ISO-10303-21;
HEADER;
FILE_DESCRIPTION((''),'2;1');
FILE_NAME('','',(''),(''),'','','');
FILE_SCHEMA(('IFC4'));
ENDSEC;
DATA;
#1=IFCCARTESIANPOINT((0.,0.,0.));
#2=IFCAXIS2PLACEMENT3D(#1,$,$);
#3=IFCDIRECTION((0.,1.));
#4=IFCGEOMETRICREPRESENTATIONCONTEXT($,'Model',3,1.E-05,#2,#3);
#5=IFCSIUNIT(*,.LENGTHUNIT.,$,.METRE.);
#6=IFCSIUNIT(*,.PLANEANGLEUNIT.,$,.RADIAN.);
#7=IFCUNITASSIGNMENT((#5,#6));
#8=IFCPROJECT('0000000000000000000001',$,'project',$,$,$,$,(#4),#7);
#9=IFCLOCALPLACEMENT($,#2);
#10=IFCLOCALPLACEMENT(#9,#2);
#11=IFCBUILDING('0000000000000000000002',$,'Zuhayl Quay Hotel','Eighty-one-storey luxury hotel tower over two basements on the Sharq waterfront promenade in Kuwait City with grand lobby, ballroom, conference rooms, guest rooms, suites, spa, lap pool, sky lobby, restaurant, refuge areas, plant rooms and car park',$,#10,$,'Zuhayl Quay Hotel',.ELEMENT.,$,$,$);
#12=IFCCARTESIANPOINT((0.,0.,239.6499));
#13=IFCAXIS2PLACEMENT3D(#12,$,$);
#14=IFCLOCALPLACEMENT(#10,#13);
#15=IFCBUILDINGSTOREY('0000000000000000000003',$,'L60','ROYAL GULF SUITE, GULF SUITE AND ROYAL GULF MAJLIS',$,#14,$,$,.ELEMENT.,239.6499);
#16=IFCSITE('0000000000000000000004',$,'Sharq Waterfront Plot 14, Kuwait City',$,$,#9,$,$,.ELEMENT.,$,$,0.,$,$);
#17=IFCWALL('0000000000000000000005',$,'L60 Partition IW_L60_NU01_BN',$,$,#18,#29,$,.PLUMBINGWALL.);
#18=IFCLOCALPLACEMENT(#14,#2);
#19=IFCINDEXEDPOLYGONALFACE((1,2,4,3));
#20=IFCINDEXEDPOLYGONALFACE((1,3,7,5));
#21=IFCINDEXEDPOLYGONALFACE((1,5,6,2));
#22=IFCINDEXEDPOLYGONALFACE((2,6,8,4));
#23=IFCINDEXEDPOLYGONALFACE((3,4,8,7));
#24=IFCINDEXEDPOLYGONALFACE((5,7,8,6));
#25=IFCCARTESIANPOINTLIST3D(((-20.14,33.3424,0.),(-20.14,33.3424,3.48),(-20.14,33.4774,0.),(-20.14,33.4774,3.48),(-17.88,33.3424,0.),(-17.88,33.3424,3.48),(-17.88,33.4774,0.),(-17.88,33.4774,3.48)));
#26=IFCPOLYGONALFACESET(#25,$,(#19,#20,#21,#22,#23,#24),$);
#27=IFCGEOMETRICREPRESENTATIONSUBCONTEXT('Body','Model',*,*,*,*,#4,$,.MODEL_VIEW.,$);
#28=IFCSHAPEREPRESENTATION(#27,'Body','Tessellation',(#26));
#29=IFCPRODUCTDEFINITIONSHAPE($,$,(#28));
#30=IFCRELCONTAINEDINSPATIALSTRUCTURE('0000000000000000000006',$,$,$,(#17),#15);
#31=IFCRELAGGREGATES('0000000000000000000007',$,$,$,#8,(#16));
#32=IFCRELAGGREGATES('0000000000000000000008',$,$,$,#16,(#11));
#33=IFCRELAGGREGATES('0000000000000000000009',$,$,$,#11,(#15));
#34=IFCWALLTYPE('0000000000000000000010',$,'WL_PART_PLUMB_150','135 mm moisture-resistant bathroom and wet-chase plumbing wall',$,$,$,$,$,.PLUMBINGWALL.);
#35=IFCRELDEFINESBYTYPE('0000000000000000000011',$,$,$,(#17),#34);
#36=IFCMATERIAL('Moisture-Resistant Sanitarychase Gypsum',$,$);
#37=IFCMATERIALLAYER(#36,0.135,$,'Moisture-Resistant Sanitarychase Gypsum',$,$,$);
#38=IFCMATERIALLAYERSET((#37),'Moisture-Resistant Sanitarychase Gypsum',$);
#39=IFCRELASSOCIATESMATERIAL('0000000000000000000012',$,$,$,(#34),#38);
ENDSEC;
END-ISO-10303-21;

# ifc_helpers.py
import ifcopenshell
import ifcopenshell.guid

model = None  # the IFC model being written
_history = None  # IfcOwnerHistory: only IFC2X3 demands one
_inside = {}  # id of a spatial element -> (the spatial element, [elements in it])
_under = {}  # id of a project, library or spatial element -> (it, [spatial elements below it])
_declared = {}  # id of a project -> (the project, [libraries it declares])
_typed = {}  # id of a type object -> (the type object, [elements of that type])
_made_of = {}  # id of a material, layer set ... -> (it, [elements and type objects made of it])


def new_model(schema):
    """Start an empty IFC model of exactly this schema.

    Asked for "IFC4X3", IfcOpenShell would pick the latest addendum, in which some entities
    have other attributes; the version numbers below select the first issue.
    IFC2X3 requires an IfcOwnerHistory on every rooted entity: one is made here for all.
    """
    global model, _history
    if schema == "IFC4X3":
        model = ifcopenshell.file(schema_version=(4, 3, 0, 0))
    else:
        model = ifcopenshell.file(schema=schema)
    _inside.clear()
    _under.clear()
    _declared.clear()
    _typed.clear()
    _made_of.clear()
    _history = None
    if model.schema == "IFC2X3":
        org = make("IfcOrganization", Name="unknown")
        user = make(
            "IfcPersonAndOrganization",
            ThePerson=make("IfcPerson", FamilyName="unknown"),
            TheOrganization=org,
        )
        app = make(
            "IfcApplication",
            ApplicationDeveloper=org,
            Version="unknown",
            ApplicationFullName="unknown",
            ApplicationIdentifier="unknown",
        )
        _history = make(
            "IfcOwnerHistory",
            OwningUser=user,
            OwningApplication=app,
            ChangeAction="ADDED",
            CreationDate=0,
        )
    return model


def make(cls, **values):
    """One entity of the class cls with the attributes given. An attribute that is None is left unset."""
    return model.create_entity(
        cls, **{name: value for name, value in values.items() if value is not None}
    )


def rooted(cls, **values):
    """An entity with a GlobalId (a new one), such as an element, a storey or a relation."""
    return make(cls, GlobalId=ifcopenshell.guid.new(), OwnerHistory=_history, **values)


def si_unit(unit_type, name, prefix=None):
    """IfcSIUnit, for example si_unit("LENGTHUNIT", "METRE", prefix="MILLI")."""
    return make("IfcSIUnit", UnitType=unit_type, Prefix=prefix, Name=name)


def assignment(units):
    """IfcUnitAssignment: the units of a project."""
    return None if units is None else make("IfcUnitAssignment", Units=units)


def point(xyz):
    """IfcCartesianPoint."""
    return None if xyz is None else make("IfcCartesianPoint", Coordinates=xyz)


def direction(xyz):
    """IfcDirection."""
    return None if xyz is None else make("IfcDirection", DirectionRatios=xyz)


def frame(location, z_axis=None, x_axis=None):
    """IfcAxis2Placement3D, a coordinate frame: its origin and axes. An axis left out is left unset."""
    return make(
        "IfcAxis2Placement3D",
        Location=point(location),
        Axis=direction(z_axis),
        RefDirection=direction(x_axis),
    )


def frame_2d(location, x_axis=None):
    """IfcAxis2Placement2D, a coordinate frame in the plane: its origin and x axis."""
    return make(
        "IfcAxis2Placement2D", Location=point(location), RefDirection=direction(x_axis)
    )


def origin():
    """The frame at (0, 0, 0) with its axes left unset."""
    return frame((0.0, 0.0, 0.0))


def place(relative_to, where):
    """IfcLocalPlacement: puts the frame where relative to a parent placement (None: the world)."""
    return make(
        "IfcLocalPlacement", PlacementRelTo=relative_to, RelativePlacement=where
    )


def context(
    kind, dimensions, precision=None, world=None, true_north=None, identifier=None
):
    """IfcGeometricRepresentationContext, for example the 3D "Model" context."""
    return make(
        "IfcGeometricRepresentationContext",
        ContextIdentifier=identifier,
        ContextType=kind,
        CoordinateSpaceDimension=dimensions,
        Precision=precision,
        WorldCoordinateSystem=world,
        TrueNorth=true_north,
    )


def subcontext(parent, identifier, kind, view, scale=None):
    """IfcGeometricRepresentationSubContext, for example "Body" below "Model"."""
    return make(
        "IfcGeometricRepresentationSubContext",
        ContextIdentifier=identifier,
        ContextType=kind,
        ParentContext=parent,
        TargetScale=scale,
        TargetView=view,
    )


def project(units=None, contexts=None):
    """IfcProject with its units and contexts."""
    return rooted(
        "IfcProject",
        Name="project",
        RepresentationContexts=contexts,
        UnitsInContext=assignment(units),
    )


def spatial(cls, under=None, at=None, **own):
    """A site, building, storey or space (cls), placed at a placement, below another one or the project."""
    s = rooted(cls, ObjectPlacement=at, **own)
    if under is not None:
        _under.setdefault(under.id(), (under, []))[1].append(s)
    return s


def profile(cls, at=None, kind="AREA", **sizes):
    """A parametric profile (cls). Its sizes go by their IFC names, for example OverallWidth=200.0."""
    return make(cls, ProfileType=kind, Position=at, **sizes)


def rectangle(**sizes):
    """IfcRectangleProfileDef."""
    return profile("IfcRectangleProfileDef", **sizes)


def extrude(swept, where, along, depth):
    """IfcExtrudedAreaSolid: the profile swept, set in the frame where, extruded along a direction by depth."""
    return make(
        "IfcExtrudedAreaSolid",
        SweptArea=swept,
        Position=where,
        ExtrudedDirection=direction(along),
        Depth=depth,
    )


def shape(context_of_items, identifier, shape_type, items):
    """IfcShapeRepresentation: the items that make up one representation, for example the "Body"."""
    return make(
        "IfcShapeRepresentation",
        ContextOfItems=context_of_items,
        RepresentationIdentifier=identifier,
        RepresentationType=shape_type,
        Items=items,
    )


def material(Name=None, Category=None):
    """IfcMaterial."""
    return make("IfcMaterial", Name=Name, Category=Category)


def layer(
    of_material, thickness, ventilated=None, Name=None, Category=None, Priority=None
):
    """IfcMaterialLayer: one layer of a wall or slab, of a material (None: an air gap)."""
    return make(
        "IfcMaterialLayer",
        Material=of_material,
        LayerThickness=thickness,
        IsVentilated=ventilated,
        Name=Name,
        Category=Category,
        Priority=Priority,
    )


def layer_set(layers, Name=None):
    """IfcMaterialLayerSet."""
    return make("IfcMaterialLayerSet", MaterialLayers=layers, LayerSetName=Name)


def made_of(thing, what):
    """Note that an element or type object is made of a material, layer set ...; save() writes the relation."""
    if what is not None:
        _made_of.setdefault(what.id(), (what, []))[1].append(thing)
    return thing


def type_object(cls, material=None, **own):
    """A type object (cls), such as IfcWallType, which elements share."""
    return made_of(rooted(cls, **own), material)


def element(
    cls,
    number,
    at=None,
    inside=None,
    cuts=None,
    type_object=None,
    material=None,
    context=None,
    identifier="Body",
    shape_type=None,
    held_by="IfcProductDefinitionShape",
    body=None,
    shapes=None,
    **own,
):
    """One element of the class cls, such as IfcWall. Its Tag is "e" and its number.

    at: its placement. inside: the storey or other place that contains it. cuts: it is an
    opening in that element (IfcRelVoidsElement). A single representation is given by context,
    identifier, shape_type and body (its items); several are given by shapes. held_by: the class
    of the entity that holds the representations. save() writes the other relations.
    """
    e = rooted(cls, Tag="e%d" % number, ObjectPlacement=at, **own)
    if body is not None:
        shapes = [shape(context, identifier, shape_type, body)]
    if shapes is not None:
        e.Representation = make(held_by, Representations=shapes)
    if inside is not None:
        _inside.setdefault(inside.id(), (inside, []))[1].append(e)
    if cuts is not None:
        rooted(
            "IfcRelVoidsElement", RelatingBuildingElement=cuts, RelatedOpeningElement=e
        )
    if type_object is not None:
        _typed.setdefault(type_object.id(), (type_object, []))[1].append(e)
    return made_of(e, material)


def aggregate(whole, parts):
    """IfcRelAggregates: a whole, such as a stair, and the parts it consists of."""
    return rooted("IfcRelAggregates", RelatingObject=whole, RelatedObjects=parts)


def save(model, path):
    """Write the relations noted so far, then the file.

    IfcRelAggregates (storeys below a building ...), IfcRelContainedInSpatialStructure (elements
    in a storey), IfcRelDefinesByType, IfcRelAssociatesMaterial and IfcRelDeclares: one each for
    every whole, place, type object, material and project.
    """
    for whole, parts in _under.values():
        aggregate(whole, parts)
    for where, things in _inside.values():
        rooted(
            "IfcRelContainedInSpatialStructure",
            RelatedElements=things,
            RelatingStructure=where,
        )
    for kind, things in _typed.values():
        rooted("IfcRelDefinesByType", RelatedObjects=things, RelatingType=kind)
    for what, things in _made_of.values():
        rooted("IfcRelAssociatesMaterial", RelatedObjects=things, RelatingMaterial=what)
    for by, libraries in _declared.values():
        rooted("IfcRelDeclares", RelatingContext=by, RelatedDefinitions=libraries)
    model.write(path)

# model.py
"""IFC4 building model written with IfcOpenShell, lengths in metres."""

from ifc_helpers import new_model, si_unit, direction, frame, frame_2d, origin, place, context, subcontext, project, spatial, rectangle, extrude, material, layer, layer_set, type_object, element, save


model = new_model("IFC4")

# Units and contexts
model_context = context("Model", 3, precision=1e-05, world=origin(), true_north=direction((0.0, 1.0)))
body_context = subcontext(model_context, "Body", "Model", "MODEL_VIEW")
ifc_project = project(units=[si_unit("LENGTHUNIT", "METRE"), si_unit("PLANEANGLEUNIT", "RADIAN")], contexts=[model_context])

# Site, building, storey
site_placement = place(None, origin())
site = spatial("IfcSite", under=ifc_project, at=site_placement, Name="Sharq Waterfront Plot 14, Kuwait City", CompositionType="ELEMENT", RefElevation=0.0)
building_placement = place(site_placement, origin())
building = spatial("IfcBuilding", under=site, at=building_placement, Name="Zuhayl Quay Hotel", Description="Eighty-one-storey luxury hotel tower over two basements on the Sharq waterfront promenade in Kuwait City with grand lobby, ballroom, conference rooms, guest rooms, suites, spa, lap pool, sky lobby, restaurant, refuge areas, plant rooms and car park", LongName="Zuhayl Quay Hotel", CompositionType="ELEMENT")
storey_placement = place(building_placement, frame((0.0, 0.0, 239.6499)))
storey = spatial("IfcBuildingStorey", under=building, at=storey_placement, Name="L60", Description="ROYAL GULF SUITE, GULF SUITE AND ROYAL GULF MAJLIS", CompositionType="ELEMENT", Elevation=239.6499)

# Wall
ifc_material_1 = material(Name="Moisture-Resistant Sanitarychase Gypsum")
ifc_layer_1 = layer(ifc_material_1, 0.135, Name="Moisture-Resistant Sanitarychase Gypsum")
ifc_layer_set_1 = layer_set([ifc_layer_1], Name="Moisture-Resistant Sanitarychase Gypsum")
wall_type_1 = type_object("IfcWallType", Name="WL_PART_PLUMB_150", Description="135 mm moisture-resistant bathroom and wet-chase plumbing wall", PredefinedType="PLUMBINGWALL", material=ifc_layer_set_1)
wall_1_placement = place(storey_placement, frame((-20.1399, 33.4099, 0.0), z_axis=(0.0, 0.0, 1.0), x_axis=(1.0, 0.0, 0.0)))
element("IfcWall", 1, at=wall_1_placement, inside=storey, type_object=wall_type_1, Name="L60 Partition IW_L60_NU01_BN", PredefinedType="PLUMBINGWALL", context=body_context, shape_type="SweptSolid", body=[
    extrude(rectangle(XDim=2.26, YDim=0.135, at=frame_2d((1.1299, 0.0))), origin(), (0.0, 0.0, 1.0), 3.48),
])

save(model, "model.ifc")
